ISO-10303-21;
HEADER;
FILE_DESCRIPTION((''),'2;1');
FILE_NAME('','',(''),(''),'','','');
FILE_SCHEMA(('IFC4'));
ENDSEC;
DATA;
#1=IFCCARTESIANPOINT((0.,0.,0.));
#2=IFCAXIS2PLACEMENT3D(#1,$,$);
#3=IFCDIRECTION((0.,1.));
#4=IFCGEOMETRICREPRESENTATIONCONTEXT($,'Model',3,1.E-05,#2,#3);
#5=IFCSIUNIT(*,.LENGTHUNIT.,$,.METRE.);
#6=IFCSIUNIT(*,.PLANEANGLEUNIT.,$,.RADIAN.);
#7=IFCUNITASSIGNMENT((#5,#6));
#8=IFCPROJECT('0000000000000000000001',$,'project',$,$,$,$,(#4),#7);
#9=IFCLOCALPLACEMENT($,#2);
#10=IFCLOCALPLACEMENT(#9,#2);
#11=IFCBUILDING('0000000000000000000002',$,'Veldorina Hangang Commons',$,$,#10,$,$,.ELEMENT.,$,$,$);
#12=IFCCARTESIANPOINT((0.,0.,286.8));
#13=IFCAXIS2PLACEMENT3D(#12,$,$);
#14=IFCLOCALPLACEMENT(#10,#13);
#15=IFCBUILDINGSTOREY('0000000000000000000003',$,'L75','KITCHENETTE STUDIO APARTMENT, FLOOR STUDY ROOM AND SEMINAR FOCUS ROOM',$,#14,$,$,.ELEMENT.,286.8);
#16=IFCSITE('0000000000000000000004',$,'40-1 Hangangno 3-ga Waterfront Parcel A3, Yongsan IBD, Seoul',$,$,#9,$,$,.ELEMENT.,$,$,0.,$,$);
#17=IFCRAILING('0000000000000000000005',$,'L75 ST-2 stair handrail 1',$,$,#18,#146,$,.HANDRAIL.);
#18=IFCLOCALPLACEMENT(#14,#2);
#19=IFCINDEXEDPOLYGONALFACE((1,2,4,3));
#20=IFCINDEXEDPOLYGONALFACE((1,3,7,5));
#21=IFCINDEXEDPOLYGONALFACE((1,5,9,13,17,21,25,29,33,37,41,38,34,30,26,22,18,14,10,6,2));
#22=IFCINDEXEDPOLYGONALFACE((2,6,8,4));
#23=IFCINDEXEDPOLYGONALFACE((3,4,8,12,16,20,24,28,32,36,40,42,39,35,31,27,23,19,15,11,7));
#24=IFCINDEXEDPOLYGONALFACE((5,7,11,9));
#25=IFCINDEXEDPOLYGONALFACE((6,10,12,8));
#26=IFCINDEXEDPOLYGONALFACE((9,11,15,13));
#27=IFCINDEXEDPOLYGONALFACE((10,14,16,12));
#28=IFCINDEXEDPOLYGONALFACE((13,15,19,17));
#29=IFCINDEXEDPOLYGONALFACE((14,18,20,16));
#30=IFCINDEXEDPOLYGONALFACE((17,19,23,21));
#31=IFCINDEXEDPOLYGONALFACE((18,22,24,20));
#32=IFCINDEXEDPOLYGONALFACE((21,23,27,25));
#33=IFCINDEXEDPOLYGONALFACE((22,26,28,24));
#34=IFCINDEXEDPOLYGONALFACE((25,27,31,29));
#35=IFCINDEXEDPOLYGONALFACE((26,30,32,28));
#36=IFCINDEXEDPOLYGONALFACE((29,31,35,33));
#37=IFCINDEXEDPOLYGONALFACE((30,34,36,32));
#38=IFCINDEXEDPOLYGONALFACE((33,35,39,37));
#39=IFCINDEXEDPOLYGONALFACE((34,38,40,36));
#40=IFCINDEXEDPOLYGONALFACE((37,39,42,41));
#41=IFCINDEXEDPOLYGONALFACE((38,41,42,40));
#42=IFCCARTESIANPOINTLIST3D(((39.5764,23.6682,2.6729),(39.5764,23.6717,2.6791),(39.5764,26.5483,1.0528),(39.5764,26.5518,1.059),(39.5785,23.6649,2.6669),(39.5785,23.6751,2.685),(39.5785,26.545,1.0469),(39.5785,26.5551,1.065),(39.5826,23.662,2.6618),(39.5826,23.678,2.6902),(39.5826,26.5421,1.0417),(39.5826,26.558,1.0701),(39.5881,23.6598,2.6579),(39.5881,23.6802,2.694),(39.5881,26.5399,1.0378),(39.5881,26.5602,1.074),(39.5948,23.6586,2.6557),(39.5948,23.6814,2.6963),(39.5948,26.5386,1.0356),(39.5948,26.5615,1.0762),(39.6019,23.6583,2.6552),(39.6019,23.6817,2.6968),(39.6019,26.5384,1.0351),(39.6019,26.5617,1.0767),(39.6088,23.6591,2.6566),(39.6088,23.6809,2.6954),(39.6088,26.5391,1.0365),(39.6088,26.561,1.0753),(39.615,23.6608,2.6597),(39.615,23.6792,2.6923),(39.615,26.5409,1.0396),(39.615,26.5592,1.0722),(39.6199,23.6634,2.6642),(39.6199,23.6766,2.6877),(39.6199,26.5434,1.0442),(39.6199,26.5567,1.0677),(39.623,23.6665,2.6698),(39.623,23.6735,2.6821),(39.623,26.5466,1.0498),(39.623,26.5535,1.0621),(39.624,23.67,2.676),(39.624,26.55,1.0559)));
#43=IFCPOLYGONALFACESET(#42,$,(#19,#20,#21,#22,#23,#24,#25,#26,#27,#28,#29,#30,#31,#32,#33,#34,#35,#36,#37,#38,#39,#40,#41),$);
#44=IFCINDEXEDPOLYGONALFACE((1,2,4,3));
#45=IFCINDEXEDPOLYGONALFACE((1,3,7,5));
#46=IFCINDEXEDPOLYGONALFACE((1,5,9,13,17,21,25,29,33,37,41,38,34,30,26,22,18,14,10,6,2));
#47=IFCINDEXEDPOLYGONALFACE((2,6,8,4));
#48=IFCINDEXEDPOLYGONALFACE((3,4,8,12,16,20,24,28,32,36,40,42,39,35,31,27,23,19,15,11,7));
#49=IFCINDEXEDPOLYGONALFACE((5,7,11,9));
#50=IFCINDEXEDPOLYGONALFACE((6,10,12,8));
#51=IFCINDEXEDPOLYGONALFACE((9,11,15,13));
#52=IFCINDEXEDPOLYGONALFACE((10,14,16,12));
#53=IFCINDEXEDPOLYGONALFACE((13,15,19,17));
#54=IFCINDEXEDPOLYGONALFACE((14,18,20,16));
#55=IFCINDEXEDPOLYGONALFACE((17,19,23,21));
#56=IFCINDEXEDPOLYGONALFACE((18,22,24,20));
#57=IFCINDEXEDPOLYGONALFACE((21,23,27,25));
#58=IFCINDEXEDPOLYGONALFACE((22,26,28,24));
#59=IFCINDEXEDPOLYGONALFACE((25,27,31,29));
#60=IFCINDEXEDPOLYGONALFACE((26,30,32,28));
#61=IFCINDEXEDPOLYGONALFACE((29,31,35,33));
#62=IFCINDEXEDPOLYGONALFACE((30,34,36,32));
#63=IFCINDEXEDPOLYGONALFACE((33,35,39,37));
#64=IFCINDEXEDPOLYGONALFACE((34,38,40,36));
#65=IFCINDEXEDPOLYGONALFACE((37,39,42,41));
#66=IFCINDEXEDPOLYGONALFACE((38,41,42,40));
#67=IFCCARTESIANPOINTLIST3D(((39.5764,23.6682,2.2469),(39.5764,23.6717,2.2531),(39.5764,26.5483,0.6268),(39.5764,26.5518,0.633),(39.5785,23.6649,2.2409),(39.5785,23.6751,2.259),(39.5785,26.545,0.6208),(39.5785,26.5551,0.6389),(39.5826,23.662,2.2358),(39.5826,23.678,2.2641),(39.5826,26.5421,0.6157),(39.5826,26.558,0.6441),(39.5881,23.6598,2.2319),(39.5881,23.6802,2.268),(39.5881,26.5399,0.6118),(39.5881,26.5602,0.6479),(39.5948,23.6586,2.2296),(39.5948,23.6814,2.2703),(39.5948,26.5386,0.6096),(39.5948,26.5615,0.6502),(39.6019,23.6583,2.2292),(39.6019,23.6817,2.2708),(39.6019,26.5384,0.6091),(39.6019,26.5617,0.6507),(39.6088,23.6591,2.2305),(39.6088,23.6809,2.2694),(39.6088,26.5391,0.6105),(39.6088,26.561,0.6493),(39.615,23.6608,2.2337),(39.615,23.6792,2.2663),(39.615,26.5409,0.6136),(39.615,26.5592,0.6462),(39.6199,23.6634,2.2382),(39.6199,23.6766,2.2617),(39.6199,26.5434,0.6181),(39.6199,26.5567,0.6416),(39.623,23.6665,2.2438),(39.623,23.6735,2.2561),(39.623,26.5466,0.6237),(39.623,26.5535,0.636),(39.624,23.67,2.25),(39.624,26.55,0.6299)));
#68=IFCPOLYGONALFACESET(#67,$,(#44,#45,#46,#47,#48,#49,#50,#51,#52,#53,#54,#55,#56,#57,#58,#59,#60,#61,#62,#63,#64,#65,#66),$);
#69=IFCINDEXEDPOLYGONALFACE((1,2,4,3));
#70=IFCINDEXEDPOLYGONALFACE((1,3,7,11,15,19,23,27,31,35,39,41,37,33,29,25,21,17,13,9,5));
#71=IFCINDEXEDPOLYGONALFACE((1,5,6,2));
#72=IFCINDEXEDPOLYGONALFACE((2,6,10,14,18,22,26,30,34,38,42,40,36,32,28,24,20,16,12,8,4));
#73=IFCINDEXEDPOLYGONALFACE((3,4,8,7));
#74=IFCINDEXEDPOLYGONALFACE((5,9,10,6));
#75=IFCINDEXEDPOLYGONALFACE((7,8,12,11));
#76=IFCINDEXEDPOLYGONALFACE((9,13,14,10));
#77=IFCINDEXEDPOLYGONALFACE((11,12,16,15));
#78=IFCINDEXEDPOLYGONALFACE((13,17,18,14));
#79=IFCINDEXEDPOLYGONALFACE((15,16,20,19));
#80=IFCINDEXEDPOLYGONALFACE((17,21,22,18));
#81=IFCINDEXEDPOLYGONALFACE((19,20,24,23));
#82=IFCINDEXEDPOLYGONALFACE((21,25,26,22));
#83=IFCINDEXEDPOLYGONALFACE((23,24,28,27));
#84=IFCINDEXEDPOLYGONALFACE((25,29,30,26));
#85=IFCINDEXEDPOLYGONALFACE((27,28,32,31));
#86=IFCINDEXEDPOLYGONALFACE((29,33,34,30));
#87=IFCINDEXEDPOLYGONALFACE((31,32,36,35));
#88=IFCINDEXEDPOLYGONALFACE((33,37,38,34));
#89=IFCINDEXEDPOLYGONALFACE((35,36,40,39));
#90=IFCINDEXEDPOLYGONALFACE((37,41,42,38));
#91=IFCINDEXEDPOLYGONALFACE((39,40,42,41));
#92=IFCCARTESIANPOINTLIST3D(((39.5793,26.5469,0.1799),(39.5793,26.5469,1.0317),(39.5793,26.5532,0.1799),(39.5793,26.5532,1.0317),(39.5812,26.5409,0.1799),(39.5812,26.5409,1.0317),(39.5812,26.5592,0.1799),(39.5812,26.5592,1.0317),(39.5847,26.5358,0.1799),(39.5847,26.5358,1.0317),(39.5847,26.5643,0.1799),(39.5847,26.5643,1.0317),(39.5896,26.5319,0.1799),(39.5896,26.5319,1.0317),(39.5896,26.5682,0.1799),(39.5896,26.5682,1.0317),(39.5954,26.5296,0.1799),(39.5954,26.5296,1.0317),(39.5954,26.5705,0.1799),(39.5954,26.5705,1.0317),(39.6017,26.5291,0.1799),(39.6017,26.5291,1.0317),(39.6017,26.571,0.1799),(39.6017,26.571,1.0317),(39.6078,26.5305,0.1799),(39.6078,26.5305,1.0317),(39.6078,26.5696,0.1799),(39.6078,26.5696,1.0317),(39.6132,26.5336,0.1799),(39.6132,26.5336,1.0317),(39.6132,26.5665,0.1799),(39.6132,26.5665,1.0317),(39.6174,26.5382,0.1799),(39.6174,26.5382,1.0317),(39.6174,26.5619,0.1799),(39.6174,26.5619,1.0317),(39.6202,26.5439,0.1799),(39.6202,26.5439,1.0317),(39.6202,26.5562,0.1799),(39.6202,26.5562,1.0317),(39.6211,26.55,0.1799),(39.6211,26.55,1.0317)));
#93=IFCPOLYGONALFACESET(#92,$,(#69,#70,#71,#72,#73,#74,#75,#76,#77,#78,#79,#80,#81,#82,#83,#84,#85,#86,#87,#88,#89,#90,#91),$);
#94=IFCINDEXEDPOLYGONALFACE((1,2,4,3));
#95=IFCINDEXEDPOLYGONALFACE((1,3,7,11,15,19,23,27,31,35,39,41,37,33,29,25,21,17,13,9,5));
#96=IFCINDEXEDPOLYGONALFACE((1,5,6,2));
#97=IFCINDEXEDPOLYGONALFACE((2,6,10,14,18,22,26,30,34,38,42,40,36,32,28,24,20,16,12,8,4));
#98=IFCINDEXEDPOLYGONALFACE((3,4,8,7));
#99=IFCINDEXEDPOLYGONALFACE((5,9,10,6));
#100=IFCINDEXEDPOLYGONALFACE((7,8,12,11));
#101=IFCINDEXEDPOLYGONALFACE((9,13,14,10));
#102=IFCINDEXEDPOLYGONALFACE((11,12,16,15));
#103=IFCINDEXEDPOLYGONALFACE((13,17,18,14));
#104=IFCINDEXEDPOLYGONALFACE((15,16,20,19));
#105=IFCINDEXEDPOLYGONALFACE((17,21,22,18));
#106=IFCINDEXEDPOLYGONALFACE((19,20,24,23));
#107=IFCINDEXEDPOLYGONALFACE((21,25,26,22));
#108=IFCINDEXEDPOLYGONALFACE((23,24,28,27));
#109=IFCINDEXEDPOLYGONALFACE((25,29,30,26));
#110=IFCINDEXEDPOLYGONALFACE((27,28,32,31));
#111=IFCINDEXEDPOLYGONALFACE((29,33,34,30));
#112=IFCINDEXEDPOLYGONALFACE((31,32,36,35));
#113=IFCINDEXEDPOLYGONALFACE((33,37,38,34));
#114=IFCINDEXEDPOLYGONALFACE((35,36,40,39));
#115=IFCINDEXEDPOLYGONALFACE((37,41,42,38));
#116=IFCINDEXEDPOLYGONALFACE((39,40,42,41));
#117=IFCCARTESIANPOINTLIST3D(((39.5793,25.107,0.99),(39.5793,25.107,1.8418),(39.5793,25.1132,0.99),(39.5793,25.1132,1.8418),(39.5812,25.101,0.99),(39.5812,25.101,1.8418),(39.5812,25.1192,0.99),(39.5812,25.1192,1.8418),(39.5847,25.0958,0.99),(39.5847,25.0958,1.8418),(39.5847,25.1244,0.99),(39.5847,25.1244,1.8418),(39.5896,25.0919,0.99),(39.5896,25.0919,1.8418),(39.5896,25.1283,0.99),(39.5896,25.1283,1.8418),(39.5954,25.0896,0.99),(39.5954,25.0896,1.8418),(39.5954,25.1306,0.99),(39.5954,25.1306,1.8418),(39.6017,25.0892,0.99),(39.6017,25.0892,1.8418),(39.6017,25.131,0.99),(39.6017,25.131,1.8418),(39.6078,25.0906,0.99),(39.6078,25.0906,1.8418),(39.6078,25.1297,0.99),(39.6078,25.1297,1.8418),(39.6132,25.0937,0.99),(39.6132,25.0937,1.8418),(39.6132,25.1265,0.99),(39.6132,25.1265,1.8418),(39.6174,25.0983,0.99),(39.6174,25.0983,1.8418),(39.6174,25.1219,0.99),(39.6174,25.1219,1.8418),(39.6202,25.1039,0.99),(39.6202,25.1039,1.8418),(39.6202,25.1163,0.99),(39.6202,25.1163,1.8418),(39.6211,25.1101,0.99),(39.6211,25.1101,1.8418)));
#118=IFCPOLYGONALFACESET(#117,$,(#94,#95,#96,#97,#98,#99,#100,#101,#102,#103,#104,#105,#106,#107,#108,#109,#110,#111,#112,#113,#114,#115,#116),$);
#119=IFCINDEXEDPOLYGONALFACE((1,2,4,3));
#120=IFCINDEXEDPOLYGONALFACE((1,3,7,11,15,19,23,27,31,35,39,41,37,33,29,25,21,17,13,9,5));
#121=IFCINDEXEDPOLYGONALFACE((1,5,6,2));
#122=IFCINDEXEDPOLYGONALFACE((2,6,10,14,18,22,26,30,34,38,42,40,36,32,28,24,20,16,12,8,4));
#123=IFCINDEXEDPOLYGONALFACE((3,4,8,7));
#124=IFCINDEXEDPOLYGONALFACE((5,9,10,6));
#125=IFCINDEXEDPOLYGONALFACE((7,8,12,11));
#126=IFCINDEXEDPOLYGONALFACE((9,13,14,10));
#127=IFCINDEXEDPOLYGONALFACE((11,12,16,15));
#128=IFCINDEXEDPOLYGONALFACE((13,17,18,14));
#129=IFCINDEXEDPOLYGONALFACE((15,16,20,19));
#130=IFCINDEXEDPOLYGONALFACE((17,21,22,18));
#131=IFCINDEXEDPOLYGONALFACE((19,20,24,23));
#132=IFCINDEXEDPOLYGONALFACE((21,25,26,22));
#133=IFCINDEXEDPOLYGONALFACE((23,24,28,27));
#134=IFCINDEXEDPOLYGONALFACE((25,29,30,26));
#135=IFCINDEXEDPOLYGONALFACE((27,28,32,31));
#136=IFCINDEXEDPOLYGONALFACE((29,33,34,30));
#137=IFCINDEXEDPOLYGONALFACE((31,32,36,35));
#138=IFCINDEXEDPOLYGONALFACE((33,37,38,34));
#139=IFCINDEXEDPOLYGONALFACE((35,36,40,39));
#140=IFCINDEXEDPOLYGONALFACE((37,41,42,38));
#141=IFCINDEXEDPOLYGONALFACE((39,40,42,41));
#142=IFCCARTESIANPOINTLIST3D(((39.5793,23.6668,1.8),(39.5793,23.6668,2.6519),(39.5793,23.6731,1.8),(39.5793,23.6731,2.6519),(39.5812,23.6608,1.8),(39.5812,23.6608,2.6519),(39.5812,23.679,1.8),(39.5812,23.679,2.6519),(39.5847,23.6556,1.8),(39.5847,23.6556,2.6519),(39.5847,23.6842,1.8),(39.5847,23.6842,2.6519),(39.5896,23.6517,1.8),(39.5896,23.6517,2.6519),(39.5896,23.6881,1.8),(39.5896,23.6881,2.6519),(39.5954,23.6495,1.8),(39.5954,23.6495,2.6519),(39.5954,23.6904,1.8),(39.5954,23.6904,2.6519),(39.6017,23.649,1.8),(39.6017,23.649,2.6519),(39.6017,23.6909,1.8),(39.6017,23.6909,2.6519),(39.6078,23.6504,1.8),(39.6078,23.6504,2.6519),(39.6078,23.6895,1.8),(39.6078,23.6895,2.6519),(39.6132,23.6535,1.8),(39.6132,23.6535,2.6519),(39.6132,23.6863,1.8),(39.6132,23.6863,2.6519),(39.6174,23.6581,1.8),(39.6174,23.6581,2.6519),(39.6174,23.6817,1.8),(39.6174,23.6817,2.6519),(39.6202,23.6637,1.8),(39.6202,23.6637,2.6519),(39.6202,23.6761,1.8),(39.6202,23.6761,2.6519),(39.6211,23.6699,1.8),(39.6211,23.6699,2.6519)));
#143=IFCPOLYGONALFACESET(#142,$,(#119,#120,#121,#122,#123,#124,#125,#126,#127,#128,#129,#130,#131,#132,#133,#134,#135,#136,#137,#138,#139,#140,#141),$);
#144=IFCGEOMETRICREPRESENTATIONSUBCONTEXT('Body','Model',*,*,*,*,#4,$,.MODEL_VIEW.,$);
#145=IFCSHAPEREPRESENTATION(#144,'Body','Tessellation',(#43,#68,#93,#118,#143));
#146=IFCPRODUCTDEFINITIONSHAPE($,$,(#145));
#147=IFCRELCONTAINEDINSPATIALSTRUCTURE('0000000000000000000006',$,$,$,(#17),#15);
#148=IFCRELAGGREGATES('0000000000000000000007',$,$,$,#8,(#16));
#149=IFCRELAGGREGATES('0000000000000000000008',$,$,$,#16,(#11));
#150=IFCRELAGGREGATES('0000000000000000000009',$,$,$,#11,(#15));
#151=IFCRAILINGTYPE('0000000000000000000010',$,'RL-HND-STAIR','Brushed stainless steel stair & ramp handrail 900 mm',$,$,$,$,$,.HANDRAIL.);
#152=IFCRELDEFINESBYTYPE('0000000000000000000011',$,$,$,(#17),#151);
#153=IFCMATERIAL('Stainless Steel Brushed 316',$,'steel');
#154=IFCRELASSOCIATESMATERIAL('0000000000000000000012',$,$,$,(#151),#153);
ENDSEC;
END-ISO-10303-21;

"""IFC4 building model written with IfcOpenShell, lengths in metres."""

from ifc_helpers import new_model, si_unit, direction, frame, origin, origin_2d, place, context, subcontext, project, spatial, circle, extrude, material, type_object, element, save


model = new_model("IFC4")

# Units and contexts
model_context = context("Model", 3, precision=1e-05, world=origin(), true_north=direction((0.0, 1.0)))
body_context = subcontext(model_context, "Body", "Model", "MODEL_VIEW")
ifc_project = project(units=[si_unit("LENGTHUNIT", "METRE"), si_unit("PLANEANGLEUNIT", "RADIAN")], contexts=[model_context])

# Site, building, storey
site_placement = place(None, origin())
site = spatial("IfcSite", under=ifc_project, at=site_placement, Name="40-1 Hangangno 3-ga Waterfront Parcel A3, Yongsan IBD, Seoul", CompositionType="ELEMENT", RefElevation=0.0)
building_placement = place(site_placement, origin())
building = spatial("IfcBuilding", under=site, at=building_placement, Name="Veldorina Hangang Commons", CompositionType="ELEMENT")
storey_placement = place(building_placement, frame((0.0, 0.0, 286.8)))
storey = spatial("IfcBuildingStorey", under=building, at=storey_placement, Name="L75", Description="KITCHENETTE STUDIO APARTMENT, FLOOR STUDY ROOM AND SEMINAR FOCUS ROOM", CompositionType="ELEMENT", Elevation=286.8)

# Railing
ifc_material_1 = material(Name="Stainless Steel Brushed 316", Category="steel")
railing_type_1 = type_object("IfcRailingType", Name="RL-HND-STAIR", Description="Brushed stainless steel stair & ramp handrail 900 mm", PredefinedType="HANDRAIL", material=ifc_material_1)
railing_1_placement = place(storey_placement, frame((39.6001, 26.55, 0.1799)))
element("IfcRailing", 1, at=railing_1_placement, inside=storey, type_object=railing_type_1, Name="L75 ST-2 stair handrail 1", PredefinedType="HANDRAIL", context=body_context, shape_type="SweptSolid", body=[
    extrude(circle(Radius=0.0239, at=origin_2d()), frame((0.0, 0.0, 0.876), z_axis=(0.0, -0.87157, 0.490272), x_axis=(1.0, 0.0, 0.0)), (0.0, 0.0, 1.0), 3.3044),
    extrude(circle(Radius=0.0239, at=origin_2d()), frame((0.0, 0.0, 0.45), z_axis=(0.0, -0.87157, 0.490272), x_axis=(1.0, 0.0, 0.0)), (0.0, 0.0, 1.0), 3.3044),
    extrude(circle(Radius=0.021, at=origin_2d()), origin(), (0.0, 0.0, 1.0), 0.8518),
    extrude(circle(Radius=0.021, at=origin_2d()), frame((0.0, -1.4399, 0.8101)), (0.0, 0.0, 1.0), 0.8518),
    extrude(circle(Radius=0.021, at=origin_2d()), frame((0.0, -2.8801, 1.6201)), (0.0, 0.0, 1.0), 0.8518),
])

save(model, "model.ifc")
